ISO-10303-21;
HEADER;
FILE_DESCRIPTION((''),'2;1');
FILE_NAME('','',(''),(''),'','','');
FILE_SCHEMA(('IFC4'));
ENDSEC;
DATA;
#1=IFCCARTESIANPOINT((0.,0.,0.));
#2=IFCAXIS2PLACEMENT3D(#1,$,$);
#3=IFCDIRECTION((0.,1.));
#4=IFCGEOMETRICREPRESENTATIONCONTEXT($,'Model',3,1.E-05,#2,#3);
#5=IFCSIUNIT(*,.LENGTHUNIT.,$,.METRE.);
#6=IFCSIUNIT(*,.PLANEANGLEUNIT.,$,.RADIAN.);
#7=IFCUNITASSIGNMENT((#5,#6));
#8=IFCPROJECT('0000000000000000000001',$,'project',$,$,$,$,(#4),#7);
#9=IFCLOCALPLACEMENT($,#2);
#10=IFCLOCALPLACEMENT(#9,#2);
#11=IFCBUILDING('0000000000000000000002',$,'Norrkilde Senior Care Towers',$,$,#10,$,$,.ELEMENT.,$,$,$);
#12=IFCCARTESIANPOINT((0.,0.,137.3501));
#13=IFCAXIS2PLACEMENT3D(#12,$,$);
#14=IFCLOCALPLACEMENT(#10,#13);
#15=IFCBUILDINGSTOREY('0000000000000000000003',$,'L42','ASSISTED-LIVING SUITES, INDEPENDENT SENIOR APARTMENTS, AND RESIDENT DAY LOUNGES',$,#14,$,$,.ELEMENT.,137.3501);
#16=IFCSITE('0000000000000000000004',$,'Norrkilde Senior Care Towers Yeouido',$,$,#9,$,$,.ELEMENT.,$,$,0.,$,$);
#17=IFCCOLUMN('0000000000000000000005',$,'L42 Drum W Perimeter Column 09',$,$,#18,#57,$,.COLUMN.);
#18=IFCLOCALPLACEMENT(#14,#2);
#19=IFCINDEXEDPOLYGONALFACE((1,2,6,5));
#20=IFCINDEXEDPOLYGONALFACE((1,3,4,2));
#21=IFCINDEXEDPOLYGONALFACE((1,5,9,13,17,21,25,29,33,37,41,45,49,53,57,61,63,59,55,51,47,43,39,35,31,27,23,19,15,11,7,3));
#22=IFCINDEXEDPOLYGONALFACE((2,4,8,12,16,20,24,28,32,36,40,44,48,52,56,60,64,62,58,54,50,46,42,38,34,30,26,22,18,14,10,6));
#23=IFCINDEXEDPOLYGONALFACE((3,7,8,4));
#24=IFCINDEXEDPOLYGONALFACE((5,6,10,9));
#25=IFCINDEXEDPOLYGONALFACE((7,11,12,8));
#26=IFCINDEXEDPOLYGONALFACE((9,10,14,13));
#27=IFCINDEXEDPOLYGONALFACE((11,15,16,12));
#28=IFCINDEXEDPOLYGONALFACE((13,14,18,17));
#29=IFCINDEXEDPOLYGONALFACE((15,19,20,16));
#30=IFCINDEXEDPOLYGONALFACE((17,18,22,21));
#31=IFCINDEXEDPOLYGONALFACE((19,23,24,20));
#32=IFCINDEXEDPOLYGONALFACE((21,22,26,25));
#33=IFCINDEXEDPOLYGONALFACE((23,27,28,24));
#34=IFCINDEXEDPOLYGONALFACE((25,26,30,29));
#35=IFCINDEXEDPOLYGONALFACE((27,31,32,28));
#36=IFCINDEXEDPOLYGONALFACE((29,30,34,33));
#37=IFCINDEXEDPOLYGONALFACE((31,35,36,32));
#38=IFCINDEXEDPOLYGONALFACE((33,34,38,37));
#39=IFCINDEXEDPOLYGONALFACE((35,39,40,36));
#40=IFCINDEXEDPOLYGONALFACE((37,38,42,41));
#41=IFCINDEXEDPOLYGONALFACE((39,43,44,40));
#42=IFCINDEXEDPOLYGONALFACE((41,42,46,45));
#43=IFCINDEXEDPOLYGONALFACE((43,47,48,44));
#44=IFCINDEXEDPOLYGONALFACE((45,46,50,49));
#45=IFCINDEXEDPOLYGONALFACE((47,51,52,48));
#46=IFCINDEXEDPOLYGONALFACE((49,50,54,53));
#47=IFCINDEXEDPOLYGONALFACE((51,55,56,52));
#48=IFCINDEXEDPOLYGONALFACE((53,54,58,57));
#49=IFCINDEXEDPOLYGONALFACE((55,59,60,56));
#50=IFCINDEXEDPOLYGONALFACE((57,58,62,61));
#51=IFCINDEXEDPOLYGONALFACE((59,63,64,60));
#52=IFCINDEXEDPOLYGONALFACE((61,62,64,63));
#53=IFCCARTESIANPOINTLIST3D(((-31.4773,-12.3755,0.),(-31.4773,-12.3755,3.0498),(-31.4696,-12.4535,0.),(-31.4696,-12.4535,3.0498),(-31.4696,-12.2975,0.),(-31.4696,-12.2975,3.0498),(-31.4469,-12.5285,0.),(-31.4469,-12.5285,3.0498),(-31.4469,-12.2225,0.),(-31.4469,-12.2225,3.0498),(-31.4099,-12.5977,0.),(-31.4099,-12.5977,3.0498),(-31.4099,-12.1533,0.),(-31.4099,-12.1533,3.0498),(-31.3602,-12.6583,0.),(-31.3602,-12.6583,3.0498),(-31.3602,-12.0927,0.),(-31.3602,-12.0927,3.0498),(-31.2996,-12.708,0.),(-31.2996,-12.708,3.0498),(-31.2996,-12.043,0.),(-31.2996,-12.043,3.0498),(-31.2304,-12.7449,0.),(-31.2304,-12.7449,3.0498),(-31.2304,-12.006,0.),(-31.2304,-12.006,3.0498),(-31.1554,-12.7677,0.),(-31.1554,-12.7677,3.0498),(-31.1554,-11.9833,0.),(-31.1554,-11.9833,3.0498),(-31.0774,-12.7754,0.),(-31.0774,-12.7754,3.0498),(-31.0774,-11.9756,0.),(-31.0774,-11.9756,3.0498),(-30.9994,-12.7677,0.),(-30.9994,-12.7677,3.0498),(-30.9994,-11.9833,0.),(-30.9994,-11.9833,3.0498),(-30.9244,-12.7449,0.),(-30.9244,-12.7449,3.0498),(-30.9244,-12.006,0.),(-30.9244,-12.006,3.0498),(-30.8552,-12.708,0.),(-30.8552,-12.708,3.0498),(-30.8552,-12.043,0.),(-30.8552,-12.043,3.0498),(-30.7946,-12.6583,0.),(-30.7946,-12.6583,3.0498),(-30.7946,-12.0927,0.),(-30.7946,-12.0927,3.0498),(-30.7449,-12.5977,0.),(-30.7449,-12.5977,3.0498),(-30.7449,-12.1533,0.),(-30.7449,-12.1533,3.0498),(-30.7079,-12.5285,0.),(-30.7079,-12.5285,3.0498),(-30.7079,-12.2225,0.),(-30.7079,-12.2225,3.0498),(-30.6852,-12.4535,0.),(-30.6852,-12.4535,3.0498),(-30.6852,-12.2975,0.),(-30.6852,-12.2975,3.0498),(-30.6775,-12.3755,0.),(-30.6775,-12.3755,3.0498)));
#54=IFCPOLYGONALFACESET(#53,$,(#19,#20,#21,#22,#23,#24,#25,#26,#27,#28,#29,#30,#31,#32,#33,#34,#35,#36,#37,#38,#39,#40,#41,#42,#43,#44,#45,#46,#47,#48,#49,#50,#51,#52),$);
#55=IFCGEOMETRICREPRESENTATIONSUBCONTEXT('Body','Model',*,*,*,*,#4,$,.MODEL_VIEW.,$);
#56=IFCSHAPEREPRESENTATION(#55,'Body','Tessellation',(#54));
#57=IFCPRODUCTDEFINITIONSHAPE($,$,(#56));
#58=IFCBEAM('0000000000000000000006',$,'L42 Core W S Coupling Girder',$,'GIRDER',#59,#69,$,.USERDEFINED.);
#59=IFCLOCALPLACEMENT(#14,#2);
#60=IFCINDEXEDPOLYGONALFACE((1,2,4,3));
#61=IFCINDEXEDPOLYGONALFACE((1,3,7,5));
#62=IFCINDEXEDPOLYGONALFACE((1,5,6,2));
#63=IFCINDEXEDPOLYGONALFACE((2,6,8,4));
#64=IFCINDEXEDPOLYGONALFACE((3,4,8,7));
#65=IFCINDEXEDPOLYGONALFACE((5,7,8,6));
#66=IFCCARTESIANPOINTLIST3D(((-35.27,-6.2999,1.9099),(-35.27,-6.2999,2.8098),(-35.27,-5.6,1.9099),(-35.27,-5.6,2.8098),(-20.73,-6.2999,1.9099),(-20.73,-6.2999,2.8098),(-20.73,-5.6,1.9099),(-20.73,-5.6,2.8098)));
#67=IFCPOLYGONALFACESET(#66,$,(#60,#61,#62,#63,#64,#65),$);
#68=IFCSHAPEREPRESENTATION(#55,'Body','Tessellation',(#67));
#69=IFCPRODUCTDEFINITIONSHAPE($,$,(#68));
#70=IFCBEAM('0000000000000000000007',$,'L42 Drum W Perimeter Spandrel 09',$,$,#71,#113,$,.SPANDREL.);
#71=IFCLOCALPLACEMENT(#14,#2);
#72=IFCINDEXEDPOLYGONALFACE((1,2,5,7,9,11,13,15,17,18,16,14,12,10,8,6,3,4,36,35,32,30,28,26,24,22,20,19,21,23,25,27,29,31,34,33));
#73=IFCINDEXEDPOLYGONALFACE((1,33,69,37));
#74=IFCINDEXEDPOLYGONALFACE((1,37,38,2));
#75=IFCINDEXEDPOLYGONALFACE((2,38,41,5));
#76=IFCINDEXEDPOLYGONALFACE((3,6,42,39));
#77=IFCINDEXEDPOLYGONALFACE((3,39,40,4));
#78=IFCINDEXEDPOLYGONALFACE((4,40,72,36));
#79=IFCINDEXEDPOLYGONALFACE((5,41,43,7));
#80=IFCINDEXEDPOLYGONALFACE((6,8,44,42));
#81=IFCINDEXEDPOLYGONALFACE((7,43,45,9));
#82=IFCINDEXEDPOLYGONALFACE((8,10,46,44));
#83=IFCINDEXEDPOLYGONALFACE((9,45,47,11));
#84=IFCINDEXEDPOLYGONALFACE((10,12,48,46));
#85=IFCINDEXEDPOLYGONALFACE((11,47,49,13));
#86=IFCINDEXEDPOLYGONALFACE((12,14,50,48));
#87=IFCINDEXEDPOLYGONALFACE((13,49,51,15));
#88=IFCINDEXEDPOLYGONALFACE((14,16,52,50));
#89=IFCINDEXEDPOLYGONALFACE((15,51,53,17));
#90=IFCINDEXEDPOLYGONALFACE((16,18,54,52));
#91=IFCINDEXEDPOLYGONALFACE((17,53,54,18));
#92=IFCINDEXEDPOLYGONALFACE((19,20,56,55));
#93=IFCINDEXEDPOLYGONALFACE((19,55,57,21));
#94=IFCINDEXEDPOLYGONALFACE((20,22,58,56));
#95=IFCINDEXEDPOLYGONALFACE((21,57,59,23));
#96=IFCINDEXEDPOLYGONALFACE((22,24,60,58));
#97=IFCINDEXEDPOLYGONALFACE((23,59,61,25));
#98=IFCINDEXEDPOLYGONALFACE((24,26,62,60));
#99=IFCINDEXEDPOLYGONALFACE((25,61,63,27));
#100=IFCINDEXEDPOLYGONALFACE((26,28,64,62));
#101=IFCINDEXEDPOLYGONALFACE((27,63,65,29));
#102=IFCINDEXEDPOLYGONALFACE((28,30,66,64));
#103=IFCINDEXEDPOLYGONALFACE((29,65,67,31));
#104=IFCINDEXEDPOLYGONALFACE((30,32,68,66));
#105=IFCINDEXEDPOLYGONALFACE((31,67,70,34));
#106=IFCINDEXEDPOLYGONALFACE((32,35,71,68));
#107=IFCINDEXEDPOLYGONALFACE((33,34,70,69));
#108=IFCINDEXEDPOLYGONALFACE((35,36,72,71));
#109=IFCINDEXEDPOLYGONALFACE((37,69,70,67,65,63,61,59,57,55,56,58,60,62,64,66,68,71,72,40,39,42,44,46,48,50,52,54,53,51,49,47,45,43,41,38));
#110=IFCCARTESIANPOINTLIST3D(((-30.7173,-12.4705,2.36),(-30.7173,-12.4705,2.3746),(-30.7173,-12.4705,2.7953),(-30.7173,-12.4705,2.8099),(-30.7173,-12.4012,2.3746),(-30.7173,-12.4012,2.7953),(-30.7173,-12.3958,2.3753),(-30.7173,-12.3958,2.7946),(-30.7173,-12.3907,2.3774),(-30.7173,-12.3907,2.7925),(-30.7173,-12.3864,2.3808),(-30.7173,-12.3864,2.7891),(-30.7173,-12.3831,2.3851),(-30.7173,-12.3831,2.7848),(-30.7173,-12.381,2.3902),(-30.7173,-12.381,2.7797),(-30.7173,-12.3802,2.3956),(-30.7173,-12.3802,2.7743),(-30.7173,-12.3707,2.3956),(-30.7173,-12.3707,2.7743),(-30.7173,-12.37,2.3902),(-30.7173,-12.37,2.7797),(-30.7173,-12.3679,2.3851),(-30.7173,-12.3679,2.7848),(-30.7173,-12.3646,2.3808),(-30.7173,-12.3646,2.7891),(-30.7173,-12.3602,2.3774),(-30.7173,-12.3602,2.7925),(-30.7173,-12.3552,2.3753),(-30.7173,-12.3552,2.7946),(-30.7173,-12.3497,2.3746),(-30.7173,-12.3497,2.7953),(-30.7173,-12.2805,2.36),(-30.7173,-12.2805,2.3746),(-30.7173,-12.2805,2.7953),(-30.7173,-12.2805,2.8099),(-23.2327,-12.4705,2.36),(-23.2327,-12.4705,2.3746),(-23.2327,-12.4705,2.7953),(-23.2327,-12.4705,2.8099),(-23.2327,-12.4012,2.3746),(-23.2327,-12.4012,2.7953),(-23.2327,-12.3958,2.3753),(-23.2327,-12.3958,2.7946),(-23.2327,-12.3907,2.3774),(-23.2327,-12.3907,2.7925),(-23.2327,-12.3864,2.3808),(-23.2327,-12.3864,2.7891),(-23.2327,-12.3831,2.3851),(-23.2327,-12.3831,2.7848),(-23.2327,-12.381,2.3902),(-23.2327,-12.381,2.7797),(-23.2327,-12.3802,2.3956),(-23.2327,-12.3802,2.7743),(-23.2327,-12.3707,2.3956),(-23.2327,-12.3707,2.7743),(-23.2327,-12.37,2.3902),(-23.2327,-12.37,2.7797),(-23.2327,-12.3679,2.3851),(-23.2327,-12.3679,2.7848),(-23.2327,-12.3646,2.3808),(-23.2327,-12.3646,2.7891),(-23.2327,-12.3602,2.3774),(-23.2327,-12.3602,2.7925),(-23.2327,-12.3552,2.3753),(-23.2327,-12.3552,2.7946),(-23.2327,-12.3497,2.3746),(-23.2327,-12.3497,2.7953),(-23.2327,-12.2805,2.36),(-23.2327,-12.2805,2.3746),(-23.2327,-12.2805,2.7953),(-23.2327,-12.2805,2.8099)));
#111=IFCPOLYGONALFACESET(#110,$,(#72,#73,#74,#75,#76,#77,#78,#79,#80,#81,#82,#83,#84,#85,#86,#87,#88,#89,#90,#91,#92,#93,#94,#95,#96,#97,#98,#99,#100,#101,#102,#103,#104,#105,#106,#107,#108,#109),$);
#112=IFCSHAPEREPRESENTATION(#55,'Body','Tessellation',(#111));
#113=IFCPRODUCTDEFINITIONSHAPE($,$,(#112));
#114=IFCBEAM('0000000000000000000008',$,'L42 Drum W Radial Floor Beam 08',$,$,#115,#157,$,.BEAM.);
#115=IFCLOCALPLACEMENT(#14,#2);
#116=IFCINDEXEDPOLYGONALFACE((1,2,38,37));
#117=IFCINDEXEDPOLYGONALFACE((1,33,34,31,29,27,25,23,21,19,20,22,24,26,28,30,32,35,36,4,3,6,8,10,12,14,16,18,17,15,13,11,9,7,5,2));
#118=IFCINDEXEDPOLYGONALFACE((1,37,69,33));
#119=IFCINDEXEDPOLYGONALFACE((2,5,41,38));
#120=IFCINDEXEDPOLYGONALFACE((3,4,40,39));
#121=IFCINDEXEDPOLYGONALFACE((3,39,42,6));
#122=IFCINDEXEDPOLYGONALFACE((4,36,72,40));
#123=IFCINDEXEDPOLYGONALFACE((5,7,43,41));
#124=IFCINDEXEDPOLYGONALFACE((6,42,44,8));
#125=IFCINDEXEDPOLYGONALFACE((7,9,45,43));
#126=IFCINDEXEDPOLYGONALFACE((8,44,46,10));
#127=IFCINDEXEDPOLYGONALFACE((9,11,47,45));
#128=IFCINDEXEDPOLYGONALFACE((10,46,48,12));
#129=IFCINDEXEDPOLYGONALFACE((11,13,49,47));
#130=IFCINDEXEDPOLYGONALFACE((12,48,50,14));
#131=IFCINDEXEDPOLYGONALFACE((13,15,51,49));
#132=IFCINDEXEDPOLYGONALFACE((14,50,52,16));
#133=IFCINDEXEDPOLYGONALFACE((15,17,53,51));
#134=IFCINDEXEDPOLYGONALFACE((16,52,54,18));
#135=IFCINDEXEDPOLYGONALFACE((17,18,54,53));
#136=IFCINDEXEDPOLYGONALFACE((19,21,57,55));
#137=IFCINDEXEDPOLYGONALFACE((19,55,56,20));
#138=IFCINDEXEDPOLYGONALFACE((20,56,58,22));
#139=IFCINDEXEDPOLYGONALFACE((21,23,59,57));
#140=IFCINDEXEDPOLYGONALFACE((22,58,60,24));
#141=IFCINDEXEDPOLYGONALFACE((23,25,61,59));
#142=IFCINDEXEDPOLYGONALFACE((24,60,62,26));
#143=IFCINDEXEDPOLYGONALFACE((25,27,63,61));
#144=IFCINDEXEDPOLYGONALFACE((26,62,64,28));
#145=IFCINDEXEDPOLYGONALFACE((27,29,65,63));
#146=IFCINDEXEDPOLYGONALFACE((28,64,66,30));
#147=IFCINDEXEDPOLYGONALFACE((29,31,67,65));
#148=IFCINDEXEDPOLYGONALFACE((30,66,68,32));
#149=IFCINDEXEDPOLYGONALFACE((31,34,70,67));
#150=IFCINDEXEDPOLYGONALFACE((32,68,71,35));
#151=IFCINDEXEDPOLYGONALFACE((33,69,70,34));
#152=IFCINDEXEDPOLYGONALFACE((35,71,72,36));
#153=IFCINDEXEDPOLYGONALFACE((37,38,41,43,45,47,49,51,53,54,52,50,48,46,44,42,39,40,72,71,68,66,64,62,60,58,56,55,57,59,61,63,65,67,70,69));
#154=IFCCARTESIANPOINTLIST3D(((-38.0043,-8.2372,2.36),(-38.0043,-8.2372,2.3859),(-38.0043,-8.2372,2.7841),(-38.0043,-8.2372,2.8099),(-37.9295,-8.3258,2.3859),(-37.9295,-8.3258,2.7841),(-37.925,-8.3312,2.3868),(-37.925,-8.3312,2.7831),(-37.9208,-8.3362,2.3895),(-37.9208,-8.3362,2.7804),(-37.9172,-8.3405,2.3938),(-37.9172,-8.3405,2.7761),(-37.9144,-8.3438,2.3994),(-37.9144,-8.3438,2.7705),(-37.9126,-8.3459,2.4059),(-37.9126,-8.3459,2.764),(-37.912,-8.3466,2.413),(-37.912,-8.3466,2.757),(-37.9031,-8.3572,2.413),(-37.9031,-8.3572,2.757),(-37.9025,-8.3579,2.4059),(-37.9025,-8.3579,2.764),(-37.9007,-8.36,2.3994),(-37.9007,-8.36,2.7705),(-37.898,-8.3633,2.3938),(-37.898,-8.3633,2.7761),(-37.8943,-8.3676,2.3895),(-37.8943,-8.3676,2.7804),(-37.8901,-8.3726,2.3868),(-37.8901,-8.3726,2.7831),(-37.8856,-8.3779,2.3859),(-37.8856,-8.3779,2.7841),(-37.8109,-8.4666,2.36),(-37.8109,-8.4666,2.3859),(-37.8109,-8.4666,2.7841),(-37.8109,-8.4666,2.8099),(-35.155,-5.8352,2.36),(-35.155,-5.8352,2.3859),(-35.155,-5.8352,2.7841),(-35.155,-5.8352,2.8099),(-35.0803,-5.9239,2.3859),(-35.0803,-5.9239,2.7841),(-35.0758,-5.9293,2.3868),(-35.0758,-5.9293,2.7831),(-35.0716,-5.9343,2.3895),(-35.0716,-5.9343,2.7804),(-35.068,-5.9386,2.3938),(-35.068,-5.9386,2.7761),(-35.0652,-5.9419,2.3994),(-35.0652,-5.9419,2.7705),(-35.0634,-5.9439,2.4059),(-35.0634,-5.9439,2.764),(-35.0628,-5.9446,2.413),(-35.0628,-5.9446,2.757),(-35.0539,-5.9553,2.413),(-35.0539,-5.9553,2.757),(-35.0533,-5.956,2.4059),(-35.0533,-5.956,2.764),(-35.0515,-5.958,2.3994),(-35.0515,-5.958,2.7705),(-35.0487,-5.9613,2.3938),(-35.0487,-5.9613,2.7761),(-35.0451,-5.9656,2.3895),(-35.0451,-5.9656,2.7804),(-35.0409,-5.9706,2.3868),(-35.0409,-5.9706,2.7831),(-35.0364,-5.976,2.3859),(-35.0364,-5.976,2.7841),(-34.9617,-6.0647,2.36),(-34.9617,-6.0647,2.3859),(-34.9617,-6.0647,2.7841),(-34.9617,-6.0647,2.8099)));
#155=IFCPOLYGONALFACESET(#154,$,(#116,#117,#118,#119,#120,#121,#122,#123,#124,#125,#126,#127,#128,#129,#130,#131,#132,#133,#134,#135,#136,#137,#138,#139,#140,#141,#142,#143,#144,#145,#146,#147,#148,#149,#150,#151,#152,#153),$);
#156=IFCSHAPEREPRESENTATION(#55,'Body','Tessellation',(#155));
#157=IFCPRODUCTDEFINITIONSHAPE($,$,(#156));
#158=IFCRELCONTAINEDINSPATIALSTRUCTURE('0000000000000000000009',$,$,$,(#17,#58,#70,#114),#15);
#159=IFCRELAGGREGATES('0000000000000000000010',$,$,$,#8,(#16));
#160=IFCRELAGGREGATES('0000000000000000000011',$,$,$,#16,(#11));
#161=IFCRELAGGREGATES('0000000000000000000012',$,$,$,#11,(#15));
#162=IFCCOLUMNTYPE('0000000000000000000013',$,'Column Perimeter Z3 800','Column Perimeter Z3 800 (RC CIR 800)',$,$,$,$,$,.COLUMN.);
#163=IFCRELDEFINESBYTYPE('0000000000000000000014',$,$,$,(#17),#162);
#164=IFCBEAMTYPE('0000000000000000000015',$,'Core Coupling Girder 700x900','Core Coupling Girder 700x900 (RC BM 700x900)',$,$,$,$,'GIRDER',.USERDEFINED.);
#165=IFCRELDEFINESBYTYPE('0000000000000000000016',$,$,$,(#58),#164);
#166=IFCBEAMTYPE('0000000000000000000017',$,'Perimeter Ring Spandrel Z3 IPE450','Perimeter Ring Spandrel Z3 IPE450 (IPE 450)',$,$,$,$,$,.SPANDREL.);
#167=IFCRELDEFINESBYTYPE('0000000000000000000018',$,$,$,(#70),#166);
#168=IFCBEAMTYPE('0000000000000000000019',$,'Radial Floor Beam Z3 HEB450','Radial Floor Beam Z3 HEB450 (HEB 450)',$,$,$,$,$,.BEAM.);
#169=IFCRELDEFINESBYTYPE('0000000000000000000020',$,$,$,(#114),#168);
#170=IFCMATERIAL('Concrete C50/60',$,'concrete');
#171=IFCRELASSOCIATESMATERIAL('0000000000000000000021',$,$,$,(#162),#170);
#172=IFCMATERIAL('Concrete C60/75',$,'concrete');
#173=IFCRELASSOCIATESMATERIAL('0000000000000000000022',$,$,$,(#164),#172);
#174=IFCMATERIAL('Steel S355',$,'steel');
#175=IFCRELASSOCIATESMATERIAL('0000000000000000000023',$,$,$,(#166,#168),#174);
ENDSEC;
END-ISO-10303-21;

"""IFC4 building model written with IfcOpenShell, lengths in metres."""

from ifc_helpers import new_model, si_unit, direction, frame, origin, origin_2d, place, context, subcontext, project, spatial, rectangle, circle, i_section, extrude, source, transform, mapped, material, material_profile, profile_set, type_object, type_shapes, element, save


model = new_model("IFC4")

# Units and contexts
model_context = context("Model", 3, precision=1e-05, world=origin(), true_north=direction((0.0, 1.0)))
body_context = subcontext(model_context, "Body", "Model", "MODEL_VIEW")
ifc_project = project(units=[si_unit("LENGTHUNIT", "METRE"), si_unit("PLANEANGLEUNIT", "RADIAN")], contexts=[model_context])

# Site, building, storey
site_placement = place(None, origin())
site = spatial("IfcSite", under=ifc_project, at=site_placement, Name="Norrkilde Senior Care Towers Yeouido", CompositionType="ELEMENT", RefElevation=0.0)
building_placement = place(site_placement, origin())
building = spatial("IfcBuilding", under=site, at=building_placement, Name="Norrkilde Senior Care Towers", CompositionType="ELEMENT")
storey_placement = place(building_placement, frame((0.0, 0.0, 137.3501)))
storey = spatial("IfcBuildingStorey", under=building, at=storey_placement, Name="L42", Description="ASSISTED-LIVING SUITES, INDEPENDENT SENIOR APARTMENTS, AND RESIDENT DAY LOUNGES", CompositionType="ELEMENT", Elevation=137.3501)

# Column
ifc_material_1 = material(Name="Concrete C50/60", Category="concrete")
ifc_material_profile_1 = material_profile(ifc_material_1, circle(Radius=0.3999, at=origin_2d()), Name="RC CIR 800")
ifc_profile_set_1 = profile_set([ifc_material_profile_1], Name="Concrete C50/60")
column_type = type_object("IfcColumnType", Name="Column Perimeter Z3 800", Description="Column Perimeter Z3 800 (RC CIR 800)", PredefinedType="COLUMN", material=ifc_profile_set_1)
shared_shape_1 = source(origin(), body_context, "Body", "SweptSolid", [
    extrude(circle(Radius=0.3999, at=origin_2d()), origin(), (0.0, 0.0, 1.0), 3.0498),
])
type_shapes(column_type, [shared_shape_1])
column_placement = place(storey_placement, frame((-31.0774, -12.3755, 0.0), z_axis=(0.0, 0.0, 1.0), x_axis=(1.0, 0.0, 0.0)))
element("IfcColumn", 1, at=column_placement, inside=storey, type_object=column_type, Name="L42 Drum W Perimeter Column 09", PredefinedType="COLUMN", context=body_context, shape_type="MappedRepresentation", body=[
    mapped(shared_shape_1, transform((0.0, 0.0, 0.0), x_axis=(1.0, 0.0, 0.0), y_axis=(0.0, 1.0, 0.0), z_axis=(0.0, 0.0, 1.0), scale=1.0)),
])

# Beams
ifc_material_2 = material(Name="Concrete C60/75", Category="concrete")
ifc_material_profile_2 = material_profile(ifc_material_2, rectangle(XDim=0.7, YDim=0.8999, at=origin_2d()), Name="RC BM 700x900")
ifc_profile_set_2 = profile_set([ifc_material_profile_2], Name="Concrete C60/75")
beam_type_1 = type_object("IfcBeamType", Name="Core Coupling Girder 700x900", Description="Core Coupling Girder 700x900 (RC BM 700x900)", ElementType="GIRDER", PredefinedType="USERDEFINED", material=ifc_profile_set_2)
shared_shape_2 = source(origin(), body_context, "Body", "SweptSolid", [
    extrude(rectangle(XDim=0.7, YDim=0.8999, at=origin_2d()), origin(), (0.0, 0.0, 1.0), 14.54),
])
type_shapes(beam_type_1, [shared_shape_2])
beam_1_placement = place(storey_placement, frame((-35.27, -5.95, 2.3599), z_axis=(1.0, 0.0, 0.0), x_axis=(0.0, 1.0, 0.0)))
element("IfcBeam", 2, at=beam_1_placement, inside=storey, type_object=beam_type_1, Name="L42 Core W S Coupling Girder", ObjectType="GIRDER", PredefinedType="USERDEFINED", context=body_context, shape_type="MappedRepresentation", body=[
    mapped(shared_shape_2, transform((0.0, 0.0, 0.0), x_axis=(1.0, 0.0, 0.0), y_axis=(0.0, 1.0, 0.0), z_axis=(0.0, 0.0, 1.0), scale=1.0)),
])
ifc_material_3 = material(Name="Steel S355", Category="steel")
ifc_material_profile_3 = material_profile(ifc_material_3, i_section(OverallWidth=0.1899, OverallDepth=0.45, WebThickness=0.0095, FlangeThickness=0.0146, FilletRadius=0.021, at=origin_2d()), Name="IPE 450")
ifc_profile_set_3 = profile_set([ifc_material_profile_3], Name="Steel S355")
beam_type_2 = type_object("IfcBeamType", Name="Perimeter Ring Spandrel Z3 IPE450", Description="Perimeter Ring Spandrel Z3 IPE450 (IPE 450)", PredefinedType="SPANDREL", material=ifc_profile_set_3)
shared_shape_3 = source(origin(), body_context, "Body", "SweptSolid", [
    extrude(i_section(OverallWidth=0.1899, OverallDepth=0.45, WebThickness=0.0095, FlangeThickness=0.0146, FilletRadius=0.021, at=origin_2d()), origin(), (0.0, 0.0, 1.0), 7.4846),
])
type_shapes(beam_type_2, [shared_shape_3])
beam_2_placement = place(storey_placement, frame((-30.7173, -12.3755, 2.585), z_axis=(1.0, 0.0, 0.0), x_axis=(0.0, 1.0, 0.0)))
element("IfcBeam", 3, at=beam_2_placement, inside=storey, type_object=beam_type_2, Name="L42 Drum W Perimeter Spandrel 09", PredefinedType="SPANDREL", context=body_context, shape_type="MappedRepresentation", body=[
    mapped(shared_shape_3, transform((0.0, 0.0, 0.0), x_axis=(1.0, 0.0, 0.0), y_axis=(0.0, 1.0, 0.0), z_axis=(0.0, 0.0, 1.0), scale=1.0)),
])
ifc_material_profile_4 = material_profile(ifc_material_3, i_section(OverallWidth=0.3, OverallDepth=0.45, WebThickness=0.0139, FlangeThickness=0.0259, FilletRadius=0.0271, at=origin_2d()), Name="HEB 450")
ifc_profile_set_4 = profile_set([ifc_material_profile_4], Name="Steel S355")
beam_type_3 = type_object("IfcBeamType", Name="Radial Floor Beam Z3 HEB450", Description="Radial Floor Beam Z3 HEB450 (HEB 450)", PredefinedType="BEAM", material=ifc_profile_set_4)
shared_shape_4 = source(origin(), body_context, "Body", "SweptSolid", [
    extrude(i_section(OverallWidth=0.3, OverallDepth=0.45, WebThickness=0.0139, FlangeThickness=0.0259, FilletRadius=0.0271, at=origin_2d()), origin(), (0.0, 0.0, 1.0), 3.7266),
])
beam_3_placement = place(storey_placement, frame((-35.0583, -5.95, 2.585), z_axis=(-0.764568, -0.644543, 0.0), x_axis=(0.644543, -0.764568, 0.0)))
element("IfcBeam", 4, at=beam_3_placement, inside=storey, type_object=beam_type_3, Name="L42 Drum W Radial Floor Beam 08", PredefinedType="BEAM", context=body_context, shape_type="MappedRepresentation", body=[
    mapped(shared_shape_4, transform((0.0, 0.0, 0.0), x_axis=(1.0, 0.0, 0.0), y_axis=(0.0, 1.0, 0.0), z_axis=(0.0, 0.0, 1.0), scale=1.0)),
])

save(model, "model.ifc")
